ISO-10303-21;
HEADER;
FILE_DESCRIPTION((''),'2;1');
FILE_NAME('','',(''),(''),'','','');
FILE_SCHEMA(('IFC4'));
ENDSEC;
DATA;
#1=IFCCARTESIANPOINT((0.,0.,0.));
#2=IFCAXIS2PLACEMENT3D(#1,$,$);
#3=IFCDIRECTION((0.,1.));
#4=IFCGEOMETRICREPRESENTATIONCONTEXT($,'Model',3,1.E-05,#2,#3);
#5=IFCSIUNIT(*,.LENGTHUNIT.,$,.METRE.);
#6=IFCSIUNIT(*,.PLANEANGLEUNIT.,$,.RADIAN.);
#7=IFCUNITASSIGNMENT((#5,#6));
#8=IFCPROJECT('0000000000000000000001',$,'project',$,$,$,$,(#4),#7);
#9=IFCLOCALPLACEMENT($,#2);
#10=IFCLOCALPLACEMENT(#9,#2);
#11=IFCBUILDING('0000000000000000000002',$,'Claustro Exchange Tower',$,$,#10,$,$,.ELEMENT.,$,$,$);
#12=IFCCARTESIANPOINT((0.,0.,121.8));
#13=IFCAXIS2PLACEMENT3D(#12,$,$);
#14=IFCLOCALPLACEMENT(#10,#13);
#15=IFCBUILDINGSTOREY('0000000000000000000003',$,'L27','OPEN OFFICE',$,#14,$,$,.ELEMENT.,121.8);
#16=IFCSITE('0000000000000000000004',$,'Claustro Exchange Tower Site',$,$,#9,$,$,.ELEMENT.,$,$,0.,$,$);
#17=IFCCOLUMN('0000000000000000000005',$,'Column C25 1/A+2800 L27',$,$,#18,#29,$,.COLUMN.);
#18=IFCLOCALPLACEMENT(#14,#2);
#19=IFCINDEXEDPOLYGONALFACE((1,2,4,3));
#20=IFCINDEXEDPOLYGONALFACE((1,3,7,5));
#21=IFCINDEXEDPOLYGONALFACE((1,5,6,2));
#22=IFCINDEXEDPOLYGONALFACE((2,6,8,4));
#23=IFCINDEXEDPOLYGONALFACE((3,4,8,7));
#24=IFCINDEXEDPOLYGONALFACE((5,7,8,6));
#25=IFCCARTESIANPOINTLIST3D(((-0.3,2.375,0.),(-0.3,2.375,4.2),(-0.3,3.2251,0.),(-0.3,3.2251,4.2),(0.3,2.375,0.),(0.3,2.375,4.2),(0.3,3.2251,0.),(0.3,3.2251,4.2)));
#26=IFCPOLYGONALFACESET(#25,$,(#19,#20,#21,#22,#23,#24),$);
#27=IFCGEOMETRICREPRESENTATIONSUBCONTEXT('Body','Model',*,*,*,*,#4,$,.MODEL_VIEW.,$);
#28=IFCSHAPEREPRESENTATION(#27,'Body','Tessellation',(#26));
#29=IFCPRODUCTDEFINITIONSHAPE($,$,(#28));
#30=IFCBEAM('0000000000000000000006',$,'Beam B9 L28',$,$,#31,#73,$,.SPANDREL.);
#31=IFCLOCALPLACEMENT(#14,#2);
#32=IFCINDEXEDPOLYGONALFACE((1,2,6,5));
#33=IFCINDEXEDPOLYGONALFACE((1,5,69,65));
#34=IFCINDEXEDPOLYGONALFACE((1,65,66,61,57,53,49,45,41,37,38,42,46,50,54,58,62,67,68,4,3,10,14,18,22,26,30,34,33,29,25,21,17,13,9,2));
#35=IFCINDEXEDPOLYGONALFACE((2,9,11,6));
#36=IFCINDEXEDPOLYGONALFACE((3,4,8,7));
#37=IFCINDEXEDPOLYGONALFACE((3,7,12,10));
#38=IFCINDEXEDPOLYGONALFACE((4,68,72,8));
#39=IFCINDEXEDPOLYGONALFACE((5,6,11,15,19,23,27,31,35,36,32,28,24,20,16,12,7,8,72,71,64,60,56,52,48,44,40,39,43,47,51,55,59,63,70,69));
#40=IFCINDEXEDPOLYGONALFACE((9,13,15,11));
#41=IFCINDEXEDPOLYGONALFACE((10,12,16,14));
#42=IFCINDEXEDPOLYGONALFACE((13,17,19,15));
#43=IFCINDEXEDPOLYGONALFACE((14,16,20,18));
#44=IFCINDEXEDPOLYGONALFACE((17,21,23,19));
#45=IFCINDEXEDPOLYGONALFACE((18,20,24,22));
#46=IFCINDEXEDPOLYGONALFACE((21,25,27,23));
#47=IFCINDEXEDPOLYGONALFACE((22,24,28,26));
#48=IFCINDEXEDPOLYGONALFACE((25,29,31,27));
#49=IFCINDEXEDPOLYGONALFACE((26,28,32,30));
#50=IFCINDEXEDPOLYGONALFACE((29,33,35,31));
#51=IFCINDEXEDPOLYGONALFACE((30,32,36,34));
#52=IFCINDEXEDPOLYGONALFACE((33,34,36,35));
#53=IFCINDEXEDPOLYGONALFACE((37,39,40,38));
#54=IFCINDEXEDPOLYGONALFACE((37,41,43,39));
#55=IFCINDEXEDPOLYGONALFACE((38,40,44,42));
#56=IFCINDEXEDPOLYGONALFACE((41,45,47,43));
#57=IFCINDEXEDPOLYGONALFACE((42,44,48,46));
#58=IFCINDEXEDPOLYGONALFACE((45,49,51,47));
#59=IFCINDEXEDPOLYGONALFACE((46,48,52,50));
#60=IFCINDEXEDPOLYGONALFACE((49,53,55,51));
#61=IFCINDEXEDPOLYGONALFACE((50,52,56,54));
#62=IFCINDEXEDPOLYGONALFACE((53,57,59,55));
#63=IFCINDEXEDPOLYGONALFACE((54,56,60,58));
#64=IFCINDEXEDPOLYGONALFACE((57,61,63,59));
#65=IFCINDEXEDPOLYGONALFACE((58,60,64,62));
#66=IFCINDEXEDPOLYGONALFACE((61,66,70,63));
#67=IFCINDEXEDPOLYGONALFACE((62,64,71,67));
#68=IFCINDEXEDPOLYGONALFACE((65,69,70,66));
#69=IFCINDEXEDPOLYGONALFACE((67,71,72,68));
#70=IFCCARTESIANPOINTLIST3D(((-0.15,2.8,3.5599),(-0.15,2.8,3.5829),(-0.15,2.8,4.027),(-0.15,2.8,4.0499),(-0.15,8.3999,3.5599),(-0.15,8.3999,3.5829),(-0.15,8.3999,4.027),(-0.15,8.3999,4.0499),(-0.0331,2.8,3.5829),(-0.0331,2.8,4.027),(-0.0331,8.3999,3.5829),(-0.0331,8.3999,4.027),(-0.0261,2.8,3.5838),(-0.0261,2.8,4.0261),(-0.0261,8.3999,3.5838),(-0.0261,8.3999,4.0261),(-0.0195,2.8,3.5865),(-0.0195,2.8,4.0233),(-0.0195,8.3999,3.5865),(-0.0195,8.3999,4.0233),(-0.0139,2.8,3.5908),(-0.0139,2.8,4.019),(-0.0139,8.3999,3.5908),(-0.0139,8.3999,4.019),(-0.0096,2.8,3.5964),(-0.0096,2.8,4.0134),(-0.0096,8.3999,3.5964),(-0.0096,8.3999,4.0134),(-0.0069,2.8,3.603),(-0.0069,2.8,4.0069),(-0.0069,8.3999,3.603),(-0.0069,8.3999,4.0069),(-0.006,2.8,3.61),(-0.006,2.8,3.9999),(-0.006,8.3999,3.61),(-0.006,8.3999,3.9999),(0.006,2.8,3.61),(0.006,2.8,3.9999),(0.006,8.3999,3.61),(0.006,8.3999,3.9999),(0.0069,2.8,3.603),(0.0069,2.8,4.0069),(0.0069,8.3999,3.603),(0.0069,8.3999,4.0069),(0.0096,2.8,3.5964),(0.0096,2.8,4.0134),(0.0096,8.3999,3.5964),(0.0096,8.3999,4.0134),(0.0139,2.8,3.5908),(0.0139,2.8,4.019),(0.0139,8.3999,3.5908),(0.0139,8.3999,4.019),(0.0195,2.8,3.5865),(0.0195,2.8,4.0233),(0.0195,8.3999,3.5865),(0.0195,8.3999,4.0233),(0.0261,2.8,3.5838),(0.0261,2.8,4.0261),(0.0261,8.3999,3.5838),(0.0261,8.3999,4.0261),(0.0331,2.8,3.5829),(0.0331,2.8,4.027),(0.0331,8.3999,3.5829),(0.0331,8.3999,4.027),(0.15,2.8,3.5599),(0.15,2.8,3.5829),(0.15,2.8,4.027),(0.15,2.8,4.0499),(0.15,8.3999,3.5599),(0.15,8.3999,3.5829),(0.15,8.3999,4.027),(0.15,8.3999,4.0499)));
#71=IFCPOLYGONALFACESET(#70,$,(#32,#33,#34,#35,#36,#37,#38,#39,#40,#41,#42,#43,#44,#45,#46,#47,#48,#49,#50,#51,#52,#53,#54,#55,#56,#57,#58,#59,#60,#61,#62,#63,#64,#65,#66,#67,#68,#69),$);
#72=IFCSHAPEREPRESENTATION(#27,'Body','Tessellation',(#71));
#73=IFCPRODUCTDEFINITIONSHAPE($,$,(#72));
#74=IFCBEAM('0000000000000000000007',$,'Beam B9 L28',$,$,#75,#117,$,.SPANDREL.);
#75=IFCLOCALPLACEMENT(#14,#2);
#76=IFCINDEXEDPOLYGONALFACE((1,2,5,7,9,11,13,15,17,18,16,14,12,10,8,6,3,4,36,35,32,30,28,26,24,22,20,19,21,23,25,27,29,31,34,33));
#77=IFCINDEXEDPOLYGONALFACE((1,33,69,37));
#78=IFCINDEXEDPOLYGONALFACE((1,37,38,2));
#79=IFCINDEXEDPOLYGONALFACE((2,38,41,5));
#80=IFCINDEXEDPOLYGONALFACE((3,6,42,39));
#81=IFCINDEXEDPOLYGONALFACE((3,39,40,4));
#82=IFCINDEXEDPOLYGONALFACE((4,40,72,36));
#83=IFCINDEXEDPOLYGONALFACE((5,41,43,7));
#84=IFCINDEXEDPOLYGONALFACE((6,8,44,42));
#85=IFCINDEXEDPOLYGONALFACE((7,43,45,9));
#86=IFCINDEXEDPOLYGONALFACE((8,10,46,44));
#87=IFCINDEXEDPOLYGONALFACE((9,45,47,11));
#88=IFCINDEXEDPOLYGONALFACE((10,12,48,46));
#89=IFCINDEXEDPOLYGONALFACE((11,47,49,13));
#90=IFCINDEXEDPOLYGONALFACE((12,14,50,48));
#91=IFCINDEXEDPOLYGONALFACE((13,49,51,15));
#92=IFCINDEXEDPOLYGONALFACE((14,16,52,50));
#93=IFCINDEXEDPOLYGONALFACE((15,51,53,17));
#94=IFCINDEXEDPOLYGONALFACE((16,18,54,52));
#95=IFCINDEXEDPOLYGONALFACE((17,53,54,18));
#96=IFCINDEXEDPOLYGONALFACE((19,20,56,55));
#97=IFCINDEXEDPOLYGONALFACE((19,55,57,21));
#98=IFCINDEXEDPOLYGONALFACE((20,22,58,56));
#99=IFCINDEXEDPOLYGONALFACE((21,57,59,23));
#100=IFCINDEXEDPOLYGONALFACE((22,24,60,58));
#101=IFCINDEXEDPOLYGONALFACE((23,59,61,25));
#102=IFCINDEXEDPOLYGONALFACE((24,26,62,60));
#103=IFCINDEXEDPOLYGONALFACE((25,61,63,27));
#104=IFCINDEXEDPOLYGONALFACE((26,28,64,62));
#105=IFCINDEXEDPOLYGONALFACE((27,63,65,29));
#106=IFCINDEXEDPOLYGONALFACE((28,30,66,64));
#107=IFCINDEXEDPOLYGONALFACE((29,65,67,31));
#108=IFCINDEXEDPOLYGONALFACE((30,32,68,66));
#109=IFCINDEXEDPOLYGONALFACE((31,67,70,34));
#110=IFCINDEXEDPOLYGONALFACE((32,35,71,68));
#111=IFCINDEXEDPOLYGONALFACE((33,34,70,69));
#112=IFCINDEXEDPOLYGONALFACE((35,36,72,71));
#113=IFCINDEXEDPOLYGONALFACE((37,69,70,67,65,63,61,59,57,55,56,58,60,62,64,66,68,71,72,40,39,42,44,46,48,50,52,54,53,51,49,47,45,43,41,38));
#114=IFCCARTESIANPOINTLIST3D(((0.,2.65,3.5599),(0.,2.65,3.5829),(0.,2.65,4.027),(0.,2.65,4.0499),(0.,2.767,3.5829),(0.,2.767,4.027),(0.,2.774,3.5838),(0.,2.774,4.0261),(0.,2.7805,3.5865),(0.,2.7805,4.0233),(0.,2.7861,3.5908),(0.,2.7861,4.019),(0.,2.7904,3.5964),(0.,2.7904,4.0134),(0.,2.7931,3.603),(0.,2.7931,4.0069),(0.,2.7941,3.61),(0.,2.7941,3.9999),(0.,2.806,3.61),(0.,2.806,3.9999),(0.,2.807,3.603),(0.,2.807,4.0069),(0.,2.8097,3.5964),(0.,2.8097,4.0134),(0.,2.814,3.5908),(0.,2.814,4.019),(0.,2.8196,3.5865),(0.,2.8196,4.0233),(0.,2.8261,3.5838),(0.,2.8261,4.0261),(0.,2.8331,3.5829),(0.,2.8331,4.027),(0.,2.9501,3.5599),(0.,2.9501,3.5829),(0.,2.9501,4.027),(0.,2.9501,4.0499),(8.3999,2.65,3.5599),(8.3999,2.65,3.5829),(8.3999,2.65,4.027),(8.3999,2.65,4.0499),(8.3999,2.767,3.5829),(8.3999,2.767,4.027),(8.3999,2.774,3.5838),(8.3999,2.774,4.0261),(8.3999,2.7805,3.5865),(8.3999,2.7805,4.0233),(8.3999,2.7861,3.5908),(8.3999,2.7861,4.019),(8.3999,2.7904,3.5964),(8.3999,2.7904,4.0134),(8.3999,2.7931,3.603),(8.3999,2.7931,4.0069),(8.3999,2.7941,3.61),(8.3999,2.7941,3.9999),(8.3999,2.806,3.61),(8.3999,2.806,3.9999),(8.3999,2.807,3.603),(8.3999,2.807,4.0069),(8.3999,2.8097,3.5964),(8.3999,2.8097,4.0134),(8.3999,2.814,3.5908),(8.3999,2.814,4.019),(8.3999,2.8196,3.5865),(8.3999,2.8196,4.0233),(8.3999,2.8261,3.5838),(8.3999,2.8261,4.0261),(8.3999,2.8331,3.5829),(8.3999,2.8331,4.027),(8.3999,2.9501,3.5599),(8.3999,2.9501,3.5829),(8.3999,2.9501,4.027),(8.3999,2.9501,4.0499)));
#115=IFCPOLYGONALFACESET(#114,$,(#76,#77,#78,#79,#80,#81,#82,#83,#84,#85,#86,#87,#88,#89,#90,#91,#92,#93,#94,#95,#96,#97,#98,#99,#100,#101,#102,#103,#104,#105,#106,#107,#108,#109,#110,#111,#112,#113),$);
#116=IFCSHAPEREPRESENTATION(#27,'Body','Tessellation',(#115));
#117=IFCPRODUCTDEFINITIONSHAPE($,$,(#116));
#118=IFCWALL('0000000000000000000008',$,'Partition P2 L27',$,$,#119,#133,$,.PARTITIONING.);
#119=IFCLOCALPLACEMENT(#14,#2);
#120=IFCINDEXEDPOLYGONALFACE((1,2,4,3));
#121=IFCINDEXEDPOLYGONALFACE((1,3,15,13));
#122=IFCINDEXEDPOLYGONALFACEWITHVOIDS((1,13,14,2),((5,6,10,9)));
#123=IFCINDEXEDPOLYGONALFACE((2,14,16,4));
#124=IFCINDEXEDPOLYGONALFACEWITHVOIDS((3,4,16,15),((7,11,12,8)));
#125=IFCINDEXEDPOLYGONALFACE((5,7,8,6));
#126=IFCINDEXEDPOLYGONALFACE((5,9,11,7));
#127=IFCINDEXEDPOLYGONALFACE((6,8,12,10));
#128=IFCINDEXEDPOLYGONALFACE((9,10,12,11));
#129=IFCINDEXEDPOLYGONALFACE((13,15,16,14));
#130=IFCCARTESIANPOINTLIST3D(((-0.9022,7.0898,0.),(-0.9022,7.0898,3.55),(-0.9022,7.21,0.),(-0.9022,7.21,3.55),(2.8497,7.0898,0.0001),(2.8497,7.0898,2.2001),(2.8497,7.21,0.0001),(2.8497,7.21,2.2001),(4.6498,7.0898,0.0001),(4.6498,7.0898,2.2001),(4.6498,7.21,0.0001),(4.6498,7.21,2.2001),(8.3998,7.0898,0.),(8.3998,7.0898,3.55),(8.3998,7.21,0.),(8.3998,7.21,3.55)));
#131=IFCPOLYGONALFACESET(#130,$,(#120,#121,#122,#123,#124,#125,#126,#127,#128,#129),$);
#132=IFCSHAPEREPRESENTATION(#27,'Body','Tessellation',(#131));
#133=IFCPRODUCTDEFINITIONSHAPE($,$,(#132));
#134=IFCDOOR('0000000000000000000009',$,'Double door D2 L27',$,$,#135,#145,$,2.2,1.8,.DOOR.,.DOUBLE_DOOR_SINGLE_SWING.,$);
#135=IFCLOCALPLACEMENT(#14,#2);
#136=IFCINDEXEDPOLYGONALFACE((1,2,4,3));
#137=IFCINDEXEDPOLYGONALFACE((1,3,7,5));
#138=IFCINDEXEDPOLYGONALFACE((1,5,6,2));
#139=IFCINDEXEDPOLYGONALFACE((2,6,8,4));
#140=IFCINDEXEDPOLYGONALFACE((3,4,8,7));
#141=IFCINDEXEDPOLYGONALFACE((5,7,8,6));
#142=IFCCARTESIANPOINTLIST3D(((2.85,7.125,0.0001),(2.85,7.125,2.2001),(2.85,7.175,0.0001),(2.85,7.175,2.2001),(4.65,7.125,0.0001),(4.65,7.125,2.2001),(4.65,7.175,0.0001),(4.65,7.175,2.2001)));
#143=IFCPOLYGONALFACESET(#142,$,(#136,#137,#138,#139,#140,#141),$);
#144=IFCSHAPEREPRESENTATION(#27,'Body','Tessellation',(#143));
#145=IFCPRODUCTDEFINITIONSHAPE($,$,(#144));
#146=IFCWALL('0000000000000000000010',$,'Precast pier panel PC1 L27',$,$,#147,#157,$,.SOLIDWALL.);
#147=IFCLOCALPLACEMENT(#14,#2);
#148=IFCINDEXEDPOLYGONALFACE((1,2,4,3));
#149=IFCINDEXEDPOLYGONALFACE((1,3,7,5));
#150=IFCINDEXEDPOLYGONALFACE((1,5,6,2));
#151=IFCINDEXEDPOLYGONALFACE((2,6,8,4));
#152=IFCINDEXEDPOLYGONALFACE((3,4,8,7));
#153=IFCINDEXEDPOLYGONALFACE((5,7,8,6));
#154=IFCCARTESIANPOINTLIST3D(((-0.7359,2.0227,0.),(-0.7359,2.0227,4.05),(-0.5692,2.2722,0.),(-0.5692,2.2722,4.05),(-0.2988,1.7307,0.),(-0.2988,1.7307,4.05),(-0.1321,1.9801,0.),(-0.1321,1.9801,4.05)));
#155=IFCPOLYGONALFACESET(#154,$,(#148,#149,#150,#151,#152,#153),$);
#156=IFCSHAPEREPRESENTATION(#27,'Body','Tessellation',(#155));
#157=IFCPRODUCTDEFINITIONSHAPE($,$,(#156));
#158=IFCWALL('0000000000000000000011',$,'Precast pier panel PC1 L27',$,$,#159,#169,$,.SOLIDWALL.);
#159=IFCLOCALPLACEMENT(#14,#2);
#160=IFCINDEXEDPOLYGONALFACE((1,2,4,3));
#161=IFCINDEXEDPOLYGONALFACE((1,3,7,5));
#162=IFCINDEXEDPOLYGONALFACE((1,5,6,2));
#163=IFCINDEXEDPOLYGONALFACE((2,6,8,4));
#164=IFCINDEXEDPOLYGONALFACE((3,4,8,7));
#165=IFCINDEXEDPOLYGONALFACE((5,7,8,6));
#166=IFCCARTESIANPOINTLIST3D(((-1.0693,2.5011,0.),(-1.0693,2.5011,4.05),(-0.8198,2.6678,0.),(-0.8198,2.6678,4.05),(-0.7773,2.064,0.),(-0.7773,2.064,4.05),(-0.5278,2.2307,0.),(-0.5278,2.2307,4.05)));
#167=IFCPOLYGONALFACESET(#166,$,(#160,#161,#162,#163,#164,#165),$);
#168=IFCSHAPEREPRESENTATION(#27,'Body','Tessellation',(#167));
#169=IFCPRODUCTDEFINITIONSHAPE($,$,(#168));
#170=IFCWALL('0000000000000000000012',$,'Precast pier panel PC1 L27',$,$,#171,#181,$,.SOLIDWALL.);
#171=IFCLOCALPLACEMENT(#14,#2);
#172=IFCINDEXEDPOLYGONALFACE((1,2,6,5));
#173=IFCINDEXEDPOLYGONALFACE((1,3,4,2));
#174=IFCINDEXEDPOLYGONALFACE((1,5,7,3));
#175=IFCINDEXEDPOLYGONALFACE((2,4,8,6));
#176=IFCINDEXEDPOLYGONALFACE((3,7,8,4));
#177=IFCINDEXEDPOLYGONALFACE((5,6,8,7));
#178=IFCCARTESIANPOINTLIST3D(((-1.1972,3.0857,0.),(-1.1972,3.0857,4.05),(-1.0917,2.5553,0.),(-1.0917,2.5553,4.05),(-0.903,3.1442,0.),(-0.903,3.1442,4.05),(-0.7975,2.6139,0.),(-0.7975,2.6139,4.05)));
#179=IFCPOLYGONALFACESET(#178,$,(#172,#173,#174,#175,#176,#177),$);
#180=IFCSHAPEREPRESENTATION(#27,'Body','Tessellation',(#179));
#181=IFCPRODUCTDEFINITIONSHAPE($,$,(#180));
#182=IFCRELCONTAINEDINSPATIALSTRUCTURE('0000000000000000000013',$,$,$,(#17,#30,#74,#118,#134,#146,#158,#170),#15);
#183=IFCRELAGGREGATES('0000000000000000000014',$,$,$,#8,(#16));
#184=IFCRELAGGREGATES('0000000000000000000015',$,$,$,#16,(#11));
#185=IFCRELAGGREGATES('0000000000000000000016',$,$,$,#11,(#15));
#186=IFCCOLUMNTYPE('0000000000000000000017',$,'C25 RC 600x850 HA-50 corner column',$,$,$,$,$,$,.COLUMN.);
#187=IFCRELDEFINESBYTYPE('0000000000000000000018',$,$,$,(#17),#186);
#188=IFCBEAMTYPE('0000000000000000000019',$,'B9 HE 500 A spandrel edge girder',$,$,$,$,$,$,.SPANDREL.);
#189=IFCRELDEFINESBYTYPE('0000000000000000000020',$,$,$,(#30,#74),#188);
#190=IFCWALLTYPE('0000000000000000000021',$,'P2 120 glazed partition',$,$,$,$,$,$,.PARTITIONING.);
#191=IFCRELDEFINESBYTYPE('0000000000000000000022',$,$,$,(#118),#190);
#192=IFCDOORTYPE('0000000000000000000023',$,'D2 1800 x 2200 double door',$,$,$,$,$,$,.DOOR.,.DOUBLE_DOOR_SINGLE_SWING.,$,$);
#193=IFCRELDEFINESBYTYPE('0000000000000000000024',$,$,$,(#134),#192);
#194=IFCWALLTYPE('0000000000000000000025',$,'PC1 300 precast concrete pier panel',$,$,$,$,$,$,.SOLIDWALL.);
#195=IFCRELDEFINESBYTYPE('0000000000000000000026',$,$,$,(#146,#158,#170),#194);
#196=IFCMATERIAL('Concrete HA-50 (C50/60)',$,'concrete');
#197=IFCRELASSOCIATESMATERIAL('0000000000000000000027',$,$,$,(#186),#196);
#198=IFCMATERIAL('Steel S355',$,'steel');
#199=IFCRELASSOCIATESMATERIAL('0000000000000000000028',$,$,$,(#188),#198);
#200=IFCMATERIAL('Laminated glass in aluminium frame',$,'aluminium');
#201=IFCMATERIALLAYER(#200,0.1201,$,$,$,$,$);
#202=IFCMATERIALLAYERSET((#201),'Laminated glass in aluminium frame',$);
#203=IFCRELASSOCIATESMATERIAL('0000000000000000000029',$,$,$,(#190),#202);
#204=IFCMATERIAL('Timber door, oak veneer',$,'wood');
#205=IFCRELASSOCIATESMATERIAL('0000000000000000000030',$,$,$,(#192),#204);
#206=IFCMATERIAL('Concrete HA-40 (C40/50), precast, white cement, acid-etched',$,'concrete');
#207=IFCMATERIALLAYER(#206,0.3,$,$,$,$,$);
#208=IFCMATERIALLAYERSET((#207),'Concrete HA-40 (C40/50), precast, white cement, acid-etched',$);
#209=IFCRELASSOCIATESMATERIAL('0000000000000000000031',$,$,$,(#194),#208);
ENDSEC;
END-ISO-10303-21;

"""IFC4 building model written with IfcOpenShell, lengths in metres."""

from ifc_helpers import new_model, si_unit, direction, frame, frame_2d, origin, origin_2d, place, context, subcontext, project, spatial, rectangle, i_section, extrude, material, layer, layer_set, material_profile, profile_set, type_object, element, fill, save


model = new_model("IFC4")

# Units and contexts
model_context = context("Model", 3, precision=1e-05, world=origin(), true_north=direction((0.0, 1.0)))
body_context = subcontext(model_context, "Body", "Model", "MODEL_VIEW")
ifc_project = project(units=[si_unit("LENGTHUNIT", "METRE"), si_unit("PLANEANGLEUNIT", "RADIAN")], contexts=[model_context])

# Site, building, storey
site_placement = place(None, origin())
site = spatial("IfcSite", under=ifc_project, at=site_placement, Name="Claustro Exchange Tower Site", CompositionType="ELEMENT", RefElevation=0.0)
building_placement = place(site_placement, origin())
building = spatial("IfcBuilding", under=site, at=building_placement, Name="Claustro Exchange Tower", CompositionType="ELEMENT")
storey_placement = place(building_placement, frame((0.0, 0.0, 121.8)))
storey = spatial("IfcBuildingStorey", under=building, at=storey_placement, Name="L27", Description="OPEN OFFICE", CompositionType="ELEMENT", Elevation=121.8)

# Column
ifc_material_1 = material(Name="Concrete HA-50 (C50/60)", Category="concrete")
ifc_material_profile_1 = material_profile(ifc_material_1, rectangle(XDim=0.6001, YDim=0.8501, at=origin_2d()), Name="RC 600x850")
ifc_profile_set_1 = profile_set([ifc_material_profile_1], Name="Concrete HA-50 (C50/60)")
column_type = type_object("IfcColumnType", Name="C25 RC 600x850 HA-50 corner column", PredefinedType="COLUMN", material=ifc_profile_set_1)
column_placement = place(storey_placement, frame((0.0, 2.8, 0.0), z_axis=(0.0, 0.0, 1.0), x_axis=(1.0, 0.0, 0.0)))
element("IfcColumn", 1, at=column_placement, inside=storey, type_object=column_type, Name="Column C25 1/A+2800 L27", PredefinedType="COLUMN", context=body_context, shape_type="SweptSolid", body=[
    extrude(rectangle(XDim=0.6001, YDim=0.8501, at=origin_2d()), origin(), (0.0, 0.0, 1.0), 4.2),
])

# Beams
ifc_material_2 = material(Name="Steel S355", Category="steel")
ifc_material_profile_2 = material_profile(ifc_material_2, i_section(OverallWidth=0.3, OverallDepth=0.49, WebThickness=0.012, FlangeThickness=0.0229, FilletRadius=0.0271, at=origin_2d()), Name="HE 500 A")
ifc_profile_set_2 = profile_set([ifc_material_profile_2], Name="Steel S355")
beam_type = type_object("IfcBeamType", Name="B9 HE 500 A spandrel edge girder", PredefinedType="SPANDREL", material=ifc_profile_set_2)
beam_1_placement = place(storey_placement, frame((0.0, 2.8, 3.8049), z_axis=(0.0, 1.0, 0.0), x_axis=(-1.0, 0.0, 0.0)))
element("IfcBeam", 2, at=beam_1_placement, inside=storey, type_object=beam_type, Name="Beam B9 L28", PredefinedType="SPANDREL", context=body_context, shape_type="SweptSolid", body=[
    extrude(i_section(OverallWidth=0.3, OverallDepth=0.49, WebThickness=0.012, FlangeThickness=0.0229, FilletRadius=0.0271, at=origin_2d()), origin(), (0.0, 0.0, 1.0), 5.5999),
])
beam_2_placement = place(storey_placement, frame((0.0, 2.8, 3.8049), z_axis=(1.0, 0.0, 0.0), x_axis=(0.0, 1.0, 0.0)))
element("IfcBeam", 3, at=beam_2_placement, inside=storey, type_object=beam_type, Name="Beam B9 L28", PredefinedType="SPANDREL", context=body_context, shape_type="SweptSolid", body=[
    extrude(i_section(OverallWidth=0.3, OverallDepth=0.49, WebThickness=0.012, FlangeThickness=0.0229, FilletRadius=0.0271, at=origin_2d()), origin(), (0.0, 0.0, 1.0), 8.3999),
])

# Wall, opening, door
ifc_material_3 = material(Name="Laminated glass in aluminium frame", Category="aluminium")
ifc_layer_1 = layer(ifc_material_3, 0.1201)
ifc_layer_set_1 = layer_set([ifc_layer_1], Name="Laminated glass in aluminium frame")
wall_type_1 = type_object("IfcWallType", Name="P2 120 glazed partition", PredefinedType="PARTITIONING", material=ifc_layer_set_1)
wall_1_placement = place(storey_placement, frame((-0.9021, 7.1499, 0.0), z_axis=(0.0, 0.0, 1.0), x_axis=(1.0, 0.0, 0.0)))
wall_1 = element("IfcWall", 4, at=wall_1_placement, inside=storey, type_object=wall_type_1, Name="Partition P2 L27", PredefinedType="PARTITIONING", context=body_context, shape_type="SweptSolid", body=[
    extrude(rectangle(XDim=9.302, YDim=0.1201, at=frame_2d((4.6509, 0.0))), origin(), (0.0, 0.0, 1.0), 3.55),
])
opening_1_placement = place(wall_1_placement, frame((3.752, 0.0, 0.0)))
opening_1 = element("IfcOpeningElement", 5, at=opening_1_placement, cuts=wall_1, PredefinedType="OPENING", context=body_context, shape_type="SweptSolid", body=[
    extrude(rectangle(XDim=1.8, YDim=2.2, at=frame_2d((0.8999, 1.1001))), frame((0.0, 0.0701, 0.0), z_axis=(0.0, -1.0, 0.0), x_axis=(1.0, 0.0, 0.0)), (0.0, 0.0, 1.0), 0.1401),
])
ifc_material_4 = material(Name="Timber door, oak veneer", Category="wood")
door_type_1 = type_object("IfcDoorType", Name="D2 1800 x 2200 double door", OperationType="DOUBLE_DOOR_SINGLE_SWING", PredefinedType="DOOR", material=ifc_material_4)
door_1_placement = place(opening_1_placement, frame((1.8, 0.0, 0.0), z_axis=(0.0, 0.0, 1.0), x_axis=(-1.0, 0.0, 0.0)))
door_1 = element("IfcDoor", 6, at=door_1_placement, inside=storey, type_object=door_type_1, Name="Double door D2 L27", OperationType="DOUBLE_DOOR_SINGLE_SWING", OverallHeight=2.2, OverallWidth=1.8, PredefinedType="DOOR", context=body_context, shape_type="SweptSolid", body=[
    extrude(rectangle(XDim=1.8, YDim=2.2, at=frame_2d((0.8999, 1.1001))), frame((0.0, 0.0249, 0.0), z_axis=(0.0, -1.0, 0.0), x_axis=(1.0, 0.0, 0.0)), (0.0, 0.0, 1.0), 0.05),
])
fill(opening_1, door_1)

# Walls
ifc_material_5 = material(Name="Concrete HA-40 (C40/50), precast, white cement, acid-etched", Category="concrete")
ifc_layer_2 = layer(ifc_material_5, 0.3)
ifc_layer_set_2 = layer_set([ifc_layer_2], Name="Concrete HA-40 (C40/50), precast, white cement, acid-etched")
wall_type_2 = type_object("IfcWallType", Name="PC1 300 precast concrete pier panel", PredefinedType="SOLIDWALL", material=ifc_layer_set_2)
for number, where, z_axis, x_axis, name in (
    (7, (-0.2156, 1.8555, 0.0), (0.0, 0.0, 1.0), (-0.831478, 0.555557, 0.0), "Precast pier panel PC1 L27"),
    (8, (-0.6526, 2.1475, 0.0), (0.0, 0.0, 1.0), (-0.555557, 0.831478, 0.0), "Precast pier panel PC1 L27"),
):
    element("IfcWall", number, at=place(storey_placement, frame(where, z_axis=z_axis, x_axis=x_axis)), inside=storey, type_object=wall_type_2, Name=name, PredefinedType="SOLIDWALL", context=body_context, shape_type="SweptSolid", body=[
        extrude(rectangle(XDim=0.5256, YDim=0.3, at=frame_2d((0.2627, 0.0))), origin(), (0.0, 0.0, 1.0), 4.05),
    ])
wall_2_placement = place(storey_placement, frame((-0.9446, 2.5845, 0.0), z_axis=(0.0, 0.0, 1.0), x_axis=(-0.195074, 0.980789, 0.0)))
element("IfcWall", 9, at=wall_2_placement, inside=storey, type_object=wall_type_2, Name="Precast pier panel PC1 L27", PredefinedType="SOLIDWALL", context=body_context, shape_type="SweptSolid", body=[
    extrude(rectangle(XDim=0.5408, YDim=0.3, at=frame_2d((0.2705, 0.0))), origin(), (0.0, 0.0, 1.0), 4.05),
])

save(model, "model.ifc")
